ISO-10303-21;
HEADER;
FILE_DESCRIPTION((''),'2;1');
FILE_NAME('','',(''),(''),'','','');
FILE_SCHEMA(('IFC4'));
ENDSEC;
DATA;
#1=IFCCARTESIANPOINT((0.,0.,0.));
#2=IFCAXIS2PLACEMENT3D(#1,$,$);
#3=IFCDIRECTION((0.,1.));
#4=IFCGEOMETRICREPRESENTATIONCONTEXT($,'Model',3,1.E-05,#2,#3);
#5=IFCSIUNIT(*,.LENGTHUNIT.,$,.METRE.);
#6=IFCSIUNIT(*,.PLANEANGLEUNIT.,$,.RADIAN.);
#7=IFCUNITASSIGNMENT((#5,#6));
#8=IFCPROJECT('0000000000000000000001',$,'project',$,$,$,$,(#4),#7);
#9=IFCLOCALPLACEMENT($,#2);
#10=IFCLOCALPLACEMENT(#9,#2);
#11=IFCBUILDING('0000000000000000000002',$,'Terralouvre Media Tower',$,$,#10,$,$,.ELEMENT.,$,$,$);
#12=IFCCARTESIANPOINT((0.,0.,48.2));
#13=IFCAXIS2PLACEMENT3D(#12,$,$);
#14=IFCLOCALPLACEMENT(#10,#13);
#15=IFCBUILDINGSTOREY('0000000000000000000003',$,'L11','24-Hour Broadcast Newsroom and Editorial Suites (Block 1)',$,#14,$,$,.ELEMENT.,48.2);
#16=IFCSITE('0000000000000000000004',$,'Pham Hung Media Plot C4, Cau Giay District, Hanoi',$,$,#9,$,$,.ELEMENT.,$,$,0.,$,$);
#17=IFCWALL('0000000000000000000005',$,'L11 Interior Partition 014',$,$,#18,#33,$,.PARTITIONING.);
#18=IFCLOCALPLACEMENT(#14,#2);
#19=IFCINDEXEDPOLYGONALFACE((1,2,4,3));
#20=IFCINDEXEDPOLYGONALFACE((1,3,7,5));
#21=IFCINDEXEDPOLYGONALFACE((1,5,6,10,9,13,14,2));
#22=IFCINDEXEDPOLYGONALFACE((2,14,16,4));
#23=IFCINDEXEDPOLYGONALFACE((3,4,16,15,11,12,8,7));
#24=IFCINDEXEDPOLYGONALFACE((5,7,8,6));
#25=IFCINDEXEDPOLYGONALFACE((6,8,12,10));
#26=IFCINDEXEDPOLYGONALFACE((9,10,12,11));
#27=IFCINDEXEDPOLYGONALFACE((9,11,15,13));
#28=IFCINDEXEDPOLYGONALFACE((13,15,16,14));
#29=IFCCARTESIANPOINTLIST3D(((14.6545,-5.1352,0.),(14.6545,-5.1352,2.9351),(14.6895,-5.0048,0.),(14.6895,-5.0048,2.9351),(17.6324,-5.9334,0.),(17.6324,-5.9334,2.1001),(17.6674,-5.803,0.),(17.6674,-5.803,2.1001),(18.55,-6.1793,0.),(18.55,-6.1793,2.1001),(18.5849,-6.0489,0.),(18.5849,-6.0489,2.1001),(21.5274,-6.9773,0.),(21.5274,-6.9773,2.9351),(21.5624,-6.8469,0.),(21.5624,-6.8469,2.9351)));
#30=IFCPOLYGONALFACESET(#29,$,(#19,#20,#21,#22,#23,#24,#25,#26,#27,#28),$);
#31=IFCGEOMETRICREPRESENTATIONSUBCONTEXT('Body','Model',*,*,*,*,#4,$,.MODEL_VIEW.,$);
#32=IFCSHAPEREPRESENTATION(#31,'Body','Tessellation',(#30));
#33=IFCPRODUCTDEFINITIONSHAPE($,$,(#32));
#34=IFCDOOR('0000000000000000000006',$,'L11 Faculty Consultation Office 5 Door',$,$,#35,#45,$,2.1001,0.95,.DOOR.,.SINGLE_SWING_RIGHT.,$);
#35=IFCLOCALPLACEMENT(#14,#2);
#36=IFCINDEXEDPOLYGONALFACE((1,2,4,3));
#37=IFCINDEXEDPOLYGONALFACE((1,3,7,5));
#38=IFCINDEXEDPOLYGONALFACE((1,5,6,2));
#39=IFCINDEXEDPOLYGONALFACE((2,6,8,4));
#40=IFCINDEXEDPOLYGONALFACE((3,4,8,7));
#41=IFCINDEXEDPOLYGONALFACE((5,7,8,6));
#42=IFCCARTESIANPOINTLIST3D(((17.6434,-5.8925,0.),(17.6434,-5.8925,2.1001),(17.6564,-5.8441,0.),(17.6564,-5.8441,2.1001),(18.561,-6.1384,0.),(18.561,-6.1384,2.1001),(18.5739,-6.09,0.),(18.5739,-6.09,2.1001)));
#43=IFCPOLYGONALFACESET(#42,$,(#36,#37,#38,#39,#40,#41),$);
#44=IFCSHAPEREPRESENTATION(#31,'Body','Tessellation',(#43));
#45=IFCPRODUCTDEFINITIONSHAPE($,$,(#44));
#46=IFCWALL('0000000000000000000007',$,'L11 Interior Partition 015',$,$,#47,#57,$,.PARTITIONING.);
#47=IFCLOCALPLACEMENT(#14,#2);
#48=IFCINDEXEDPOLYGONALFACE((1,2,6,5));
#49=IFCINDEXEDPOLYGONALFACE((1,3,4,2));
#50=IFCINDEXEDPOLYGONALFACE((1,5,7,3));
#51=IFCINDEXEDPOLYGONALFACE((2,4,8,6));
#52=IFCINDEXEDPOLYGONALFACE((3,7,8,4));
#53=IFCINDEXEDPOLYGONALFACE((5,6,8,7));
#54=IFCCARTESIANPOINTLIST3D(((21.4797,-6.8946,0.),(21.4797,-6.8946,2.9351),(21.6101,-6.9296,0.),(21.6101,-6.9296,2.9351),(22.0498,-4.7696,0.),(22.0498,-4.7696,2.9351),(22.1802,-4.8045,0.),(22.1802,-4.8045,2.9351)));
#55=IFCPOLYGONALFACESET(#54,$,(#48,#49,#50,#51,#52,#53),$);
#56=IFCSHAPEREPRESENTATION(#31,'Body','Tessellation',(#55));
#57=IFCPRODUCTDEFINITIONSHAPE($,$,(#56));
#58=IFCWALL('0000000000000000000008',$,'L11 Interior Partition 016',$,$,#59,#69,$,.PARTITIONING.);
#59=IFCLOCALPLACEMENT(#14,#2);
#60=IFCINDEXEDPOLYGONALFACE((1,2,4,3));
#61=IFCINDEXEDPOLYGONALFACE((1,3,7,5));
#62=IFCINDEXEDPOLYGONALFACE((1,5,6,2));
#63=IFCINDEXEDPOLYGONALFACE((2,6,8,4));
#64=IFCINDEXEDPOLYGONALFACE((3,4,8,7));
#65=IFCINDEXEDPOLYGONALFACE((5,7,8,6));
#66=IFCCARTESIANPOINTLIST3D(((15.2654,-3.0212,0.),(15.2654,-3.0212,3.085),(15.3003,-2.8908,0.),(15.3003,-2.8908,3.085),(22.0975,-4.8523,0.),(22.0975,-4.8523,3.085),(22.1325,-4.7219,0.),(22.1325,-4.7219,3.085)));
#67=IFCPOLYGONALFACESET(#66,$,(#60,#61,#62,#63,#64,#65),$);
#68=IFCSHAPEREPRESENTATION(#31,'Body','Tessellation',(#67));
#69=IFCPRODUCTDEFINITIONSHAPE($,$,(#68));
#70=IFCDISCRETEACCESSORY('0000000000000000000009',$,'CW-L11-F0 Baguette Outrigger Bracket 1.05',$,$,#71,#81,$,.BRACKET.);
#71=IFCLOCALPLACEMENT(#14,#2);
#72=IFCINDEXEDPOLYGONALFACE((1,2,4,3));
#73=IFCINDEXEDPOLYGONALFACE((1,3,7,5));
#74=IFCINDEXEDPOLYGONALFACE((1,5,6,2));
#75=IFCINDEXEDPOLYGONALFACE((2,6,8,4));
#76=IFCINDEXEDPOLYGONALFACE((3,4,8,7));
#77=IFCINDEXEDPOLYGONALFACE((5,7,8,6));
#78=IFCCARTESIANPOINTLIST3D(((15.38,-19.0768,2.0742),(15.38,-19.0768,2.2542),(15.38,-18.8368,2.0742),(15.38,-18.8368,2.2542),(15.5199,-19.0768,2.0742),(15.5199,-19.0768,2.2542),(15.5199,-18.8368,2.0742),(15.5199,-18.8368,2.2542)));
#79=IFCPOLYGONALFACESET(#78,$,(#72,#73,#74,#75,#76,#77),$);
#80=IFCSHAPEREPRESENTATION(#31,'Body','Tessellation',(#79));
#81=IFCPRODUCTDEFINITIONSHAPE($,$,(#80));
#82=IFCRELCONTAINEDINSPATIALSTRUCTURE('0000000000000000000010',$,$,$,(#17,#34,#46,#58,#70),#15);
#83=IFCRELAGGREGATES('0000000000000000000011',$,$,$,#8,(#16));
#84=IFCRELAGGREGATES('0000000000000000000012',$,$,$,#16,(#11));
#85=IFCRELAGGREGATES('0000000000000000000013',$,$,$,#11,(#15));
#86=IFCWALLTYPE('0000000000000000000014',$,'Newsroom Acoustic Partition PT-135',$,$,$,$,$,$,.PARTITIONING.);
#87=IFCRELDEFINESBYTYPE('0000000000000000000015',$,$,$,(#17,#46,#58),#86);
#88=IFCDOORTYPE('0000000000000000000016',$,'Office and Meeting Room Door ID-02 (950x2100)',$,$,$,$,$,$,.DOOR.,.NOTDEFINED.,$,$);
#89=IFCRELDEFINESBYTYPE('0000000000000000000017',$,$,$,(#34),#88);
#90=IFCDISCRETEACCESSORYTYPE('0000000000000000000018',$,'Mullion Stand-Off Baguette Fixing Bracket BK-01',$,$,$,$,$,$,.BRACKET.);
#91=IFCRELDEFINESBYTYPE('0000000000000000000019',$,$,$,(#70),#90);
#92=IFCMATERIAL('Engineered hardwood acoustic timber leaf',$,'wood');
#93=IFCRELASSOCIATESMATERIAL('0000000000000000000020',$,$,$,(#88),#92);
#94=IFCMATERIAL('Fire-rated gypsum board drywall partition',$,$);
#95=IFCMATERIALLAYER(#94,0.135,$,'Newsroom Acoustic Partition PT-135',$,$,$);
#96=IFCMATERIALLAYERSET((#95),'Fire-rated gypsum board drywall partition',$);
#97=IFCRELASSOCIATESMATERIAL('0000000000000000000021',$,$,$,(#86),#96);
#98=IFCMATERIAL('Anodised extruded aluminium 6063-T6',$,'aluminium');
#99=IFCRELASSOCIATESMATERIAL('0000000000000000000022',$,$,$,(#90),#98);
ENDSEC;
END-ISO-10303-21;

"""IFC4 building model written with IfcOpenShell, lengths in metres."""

from ifc_helpers import new_model, si_unit, direction, frame, frame_2d, origin, origin_2d, place, context, subcontext, project, spatial, rectangle, extrude, material, layer, layer_set, type_object, element, fill, save


model = new_model("IFC4")

# Units and contexts
model_context = context("Model", 3, precision=1e-05, world=origin(), true_north=direction((0.0, 1.0)))
body_context = subcontext(model_context, "Body", "Model", "MODEL_VIEW")
ifc_project = project(units=[si_unit("LENGTHUNIT", "METRE"), si_unit("PLANEANGLEUNIT", "RADIAN")], contexts=[model_context])

# Site, building, storey
site_placement = place(None, origin())
site = spatial("IfcSite", under=ifc_project, at=site_placement, Name="Pham Hung Media Plot C4, Cau Giay District, Hanoi", CompositionType="ELEMENT", RefElevation=0.0)
building_placement = place(site_placement, origin())
building = spatial("IfcBuilding", under=site, at=building_placement, Name="Terralouvre Media Tower", CompositionType="ELEMENT")
storey_placement = place(building_placement, frame((0.0, 0.0, 48.2)))
storey = spatial("IfcBuildingStorey", under=building, at=storey_placement, Name="L11", Description="24-Hour Broadcast Newsroom and Editorial Suites (Block 1)", CompositionType="ELEMENT", Elevation=48.2)

# Shared definitions
ifc_material_1 = material(Name="Engineered hardwood acoustic timber leaf", Category="wood")
door_type_1 = type_object("IfcDoorType", Name="Office and Meeting Room Door ID-02 (950x2100)", OperationType="NOTDEFINED", PredefinedType="DOOR", material=ifc_material_1)

# Wall, opening, door
ifc_material_2 = material(Name="Fire-rated gypsum board drywall partition")
ifc_layer_1 = layer(ifc_material_2, 0.135, Name="Newsroom Acoustic Partition PT-135")
ifc_layer_set_1 = layer_set([ifc_layer_1], Name="Fire-rated gypsum board drywall partition")
wall_type_1 = type_object("IfcWallType", Name="Newsroom Acoustic Partition PT-135", PredefinedType="PARTITIONING", material=ifc_layer_set_1)
wall_1_placement = place(storey_placement, frame((14.6721, -5.0701, 0.0), z_axis=(0.0, 0.0, 1.0), x_axis=(0.965909, -0.258882, 0.0)))
wall_1 = element("IfcWall", 1, at=wall_1_placement, inside=storey, type_object=wall_type_1, Name="L11 Interior Partition 014", PredefinedType="PARTITIONING", context=body_context, shape_type="SweptSolid", body=[
    extrude(rectangle(XDim=7.1155, YDim=0.135, at=frame_2d((3.5576, 0.0))), origin(), (0.0, 0.0, 1.0), 2.9351),
])
opening_1_placement = place(wall_1_placement, frame((3.0828, 0.0, 0.0)))
opening_1 = element("IfcOpeningElement", 2, at=opening_1_placement, cuts=wall_1, PredefinedType="OPENING", context=body_context, shape_type="SweptSolid", body=[
    extrude(rectangle(XDim=0.95, YDim=2.1001, at=frame_2d((0.4751, 1.05))), frame((0.0, 0.0774, 0.0), z_axis=(0.0, -1.0, 0.0), x_axis=(1.0, 0.0, 0.0)), (0.0, 0.0, 1.0), 0.155),
])
door_1_placement = place(opening_1_placement, origin())
door_1 = element("IfcDoor", 3, at=door_1_placement, inside=storey, type_object=door_type_1, Name="L11 Faculty Consultation Office 5 Door", OperationType="SINGLE_SWING_RIGHT", OverallHeight=2.1001, OverallWidth=0.95, PredefinedType="DOOR", context=body_context, shape_type="SweptSolid", body=[
    extrude(rectangle(XDim=0.95, YDim=2.1001, at=frame_2d((0.4751, 1.05))), frame((0.0, 0.0249, 0.0), z_axis=(0.0, -1.0, 0.0), x_axis=(1.0, 0.0, 0.0)), (0.0, 0.0, 1.0), 0.05),
])
fill(opening_1, door_1)

# Walls
wall_2_placement = place(storey_placement, frame((21.5449, -6.9121, 0.0), z_axis=(0.0, 0.0, 1.0), x_axis=(0.259106, 0.965849, 0.0)))
element("IfcWall", 4, at=wall_2_placement, inside=storey, type_object=wall_type_1, Name="L11 Interior Partition 015", PredefinedType="PARTITIONING", context=body_context, shape_type="SweptSolid", body=[
    extrude(rectangle(XDim=2.2002, YDim=0.135, at=frame_2d((1.1001, 0.0))), origin(), (0.0, 0.0, 1.0), 2.9351),
])
wall_3_placement = place(storey_placement, frame((22.115, -4.7871, 0.0), z_axis=(0.0, 0.0, 1.0), x_axis=(-0.965911, 0.258874, 0.0)))
element("IfcWall", 5, at=wall_3_placement, inside=storey, type_object=wall_type_1, Name="L11 Interior Partition 016", PredefinedType="PARTITIONING", context=body_context, shape_type="SweptSolid", body=[
    extrude(rectangle(XDim=7.0732, YDim=0.135, at=frame_2d((3.5366, 0.0))), origin(), (0.0, 0.0, 1.0), 3.085),
])

# Discrete accessory
ifc_material_3 = material(Name="Anodised extruded aluminium 6063-T6", Category="aluminium")
discrete_accessory_type = type_object("IfcDiscreteAccessoryType", Name="Mullion Stand-Off Baguette Fixing Bracket BK-01", PredefinedType="BRACKET", material=ifc_material_3)
discrete_accessory_placement = place(storey_placement, frame((15.45, -18.9568, 2.0742), z_axis=(0.0, 0.0, 1.0), x_axis=(1.0, 0.0, 0.0)))
element("IfcDiscreteAccessory", 6, at=discrete_accessory_placement, inside=storey, type_object=discrete_accessory_type, Name="CW-L11-F0 Baguette Outrigger Bracket 1.05", PredefinedType="BRACKET", context=body_context, shape_type="SweptSolid", body=[
    extrude(rectangle(XDim=0.1399, YDim=0.24, at=origin_2d()), origin(), (0.0, 0.0, 1.0), 0.1799),
])

save(model, "model.ifc")
